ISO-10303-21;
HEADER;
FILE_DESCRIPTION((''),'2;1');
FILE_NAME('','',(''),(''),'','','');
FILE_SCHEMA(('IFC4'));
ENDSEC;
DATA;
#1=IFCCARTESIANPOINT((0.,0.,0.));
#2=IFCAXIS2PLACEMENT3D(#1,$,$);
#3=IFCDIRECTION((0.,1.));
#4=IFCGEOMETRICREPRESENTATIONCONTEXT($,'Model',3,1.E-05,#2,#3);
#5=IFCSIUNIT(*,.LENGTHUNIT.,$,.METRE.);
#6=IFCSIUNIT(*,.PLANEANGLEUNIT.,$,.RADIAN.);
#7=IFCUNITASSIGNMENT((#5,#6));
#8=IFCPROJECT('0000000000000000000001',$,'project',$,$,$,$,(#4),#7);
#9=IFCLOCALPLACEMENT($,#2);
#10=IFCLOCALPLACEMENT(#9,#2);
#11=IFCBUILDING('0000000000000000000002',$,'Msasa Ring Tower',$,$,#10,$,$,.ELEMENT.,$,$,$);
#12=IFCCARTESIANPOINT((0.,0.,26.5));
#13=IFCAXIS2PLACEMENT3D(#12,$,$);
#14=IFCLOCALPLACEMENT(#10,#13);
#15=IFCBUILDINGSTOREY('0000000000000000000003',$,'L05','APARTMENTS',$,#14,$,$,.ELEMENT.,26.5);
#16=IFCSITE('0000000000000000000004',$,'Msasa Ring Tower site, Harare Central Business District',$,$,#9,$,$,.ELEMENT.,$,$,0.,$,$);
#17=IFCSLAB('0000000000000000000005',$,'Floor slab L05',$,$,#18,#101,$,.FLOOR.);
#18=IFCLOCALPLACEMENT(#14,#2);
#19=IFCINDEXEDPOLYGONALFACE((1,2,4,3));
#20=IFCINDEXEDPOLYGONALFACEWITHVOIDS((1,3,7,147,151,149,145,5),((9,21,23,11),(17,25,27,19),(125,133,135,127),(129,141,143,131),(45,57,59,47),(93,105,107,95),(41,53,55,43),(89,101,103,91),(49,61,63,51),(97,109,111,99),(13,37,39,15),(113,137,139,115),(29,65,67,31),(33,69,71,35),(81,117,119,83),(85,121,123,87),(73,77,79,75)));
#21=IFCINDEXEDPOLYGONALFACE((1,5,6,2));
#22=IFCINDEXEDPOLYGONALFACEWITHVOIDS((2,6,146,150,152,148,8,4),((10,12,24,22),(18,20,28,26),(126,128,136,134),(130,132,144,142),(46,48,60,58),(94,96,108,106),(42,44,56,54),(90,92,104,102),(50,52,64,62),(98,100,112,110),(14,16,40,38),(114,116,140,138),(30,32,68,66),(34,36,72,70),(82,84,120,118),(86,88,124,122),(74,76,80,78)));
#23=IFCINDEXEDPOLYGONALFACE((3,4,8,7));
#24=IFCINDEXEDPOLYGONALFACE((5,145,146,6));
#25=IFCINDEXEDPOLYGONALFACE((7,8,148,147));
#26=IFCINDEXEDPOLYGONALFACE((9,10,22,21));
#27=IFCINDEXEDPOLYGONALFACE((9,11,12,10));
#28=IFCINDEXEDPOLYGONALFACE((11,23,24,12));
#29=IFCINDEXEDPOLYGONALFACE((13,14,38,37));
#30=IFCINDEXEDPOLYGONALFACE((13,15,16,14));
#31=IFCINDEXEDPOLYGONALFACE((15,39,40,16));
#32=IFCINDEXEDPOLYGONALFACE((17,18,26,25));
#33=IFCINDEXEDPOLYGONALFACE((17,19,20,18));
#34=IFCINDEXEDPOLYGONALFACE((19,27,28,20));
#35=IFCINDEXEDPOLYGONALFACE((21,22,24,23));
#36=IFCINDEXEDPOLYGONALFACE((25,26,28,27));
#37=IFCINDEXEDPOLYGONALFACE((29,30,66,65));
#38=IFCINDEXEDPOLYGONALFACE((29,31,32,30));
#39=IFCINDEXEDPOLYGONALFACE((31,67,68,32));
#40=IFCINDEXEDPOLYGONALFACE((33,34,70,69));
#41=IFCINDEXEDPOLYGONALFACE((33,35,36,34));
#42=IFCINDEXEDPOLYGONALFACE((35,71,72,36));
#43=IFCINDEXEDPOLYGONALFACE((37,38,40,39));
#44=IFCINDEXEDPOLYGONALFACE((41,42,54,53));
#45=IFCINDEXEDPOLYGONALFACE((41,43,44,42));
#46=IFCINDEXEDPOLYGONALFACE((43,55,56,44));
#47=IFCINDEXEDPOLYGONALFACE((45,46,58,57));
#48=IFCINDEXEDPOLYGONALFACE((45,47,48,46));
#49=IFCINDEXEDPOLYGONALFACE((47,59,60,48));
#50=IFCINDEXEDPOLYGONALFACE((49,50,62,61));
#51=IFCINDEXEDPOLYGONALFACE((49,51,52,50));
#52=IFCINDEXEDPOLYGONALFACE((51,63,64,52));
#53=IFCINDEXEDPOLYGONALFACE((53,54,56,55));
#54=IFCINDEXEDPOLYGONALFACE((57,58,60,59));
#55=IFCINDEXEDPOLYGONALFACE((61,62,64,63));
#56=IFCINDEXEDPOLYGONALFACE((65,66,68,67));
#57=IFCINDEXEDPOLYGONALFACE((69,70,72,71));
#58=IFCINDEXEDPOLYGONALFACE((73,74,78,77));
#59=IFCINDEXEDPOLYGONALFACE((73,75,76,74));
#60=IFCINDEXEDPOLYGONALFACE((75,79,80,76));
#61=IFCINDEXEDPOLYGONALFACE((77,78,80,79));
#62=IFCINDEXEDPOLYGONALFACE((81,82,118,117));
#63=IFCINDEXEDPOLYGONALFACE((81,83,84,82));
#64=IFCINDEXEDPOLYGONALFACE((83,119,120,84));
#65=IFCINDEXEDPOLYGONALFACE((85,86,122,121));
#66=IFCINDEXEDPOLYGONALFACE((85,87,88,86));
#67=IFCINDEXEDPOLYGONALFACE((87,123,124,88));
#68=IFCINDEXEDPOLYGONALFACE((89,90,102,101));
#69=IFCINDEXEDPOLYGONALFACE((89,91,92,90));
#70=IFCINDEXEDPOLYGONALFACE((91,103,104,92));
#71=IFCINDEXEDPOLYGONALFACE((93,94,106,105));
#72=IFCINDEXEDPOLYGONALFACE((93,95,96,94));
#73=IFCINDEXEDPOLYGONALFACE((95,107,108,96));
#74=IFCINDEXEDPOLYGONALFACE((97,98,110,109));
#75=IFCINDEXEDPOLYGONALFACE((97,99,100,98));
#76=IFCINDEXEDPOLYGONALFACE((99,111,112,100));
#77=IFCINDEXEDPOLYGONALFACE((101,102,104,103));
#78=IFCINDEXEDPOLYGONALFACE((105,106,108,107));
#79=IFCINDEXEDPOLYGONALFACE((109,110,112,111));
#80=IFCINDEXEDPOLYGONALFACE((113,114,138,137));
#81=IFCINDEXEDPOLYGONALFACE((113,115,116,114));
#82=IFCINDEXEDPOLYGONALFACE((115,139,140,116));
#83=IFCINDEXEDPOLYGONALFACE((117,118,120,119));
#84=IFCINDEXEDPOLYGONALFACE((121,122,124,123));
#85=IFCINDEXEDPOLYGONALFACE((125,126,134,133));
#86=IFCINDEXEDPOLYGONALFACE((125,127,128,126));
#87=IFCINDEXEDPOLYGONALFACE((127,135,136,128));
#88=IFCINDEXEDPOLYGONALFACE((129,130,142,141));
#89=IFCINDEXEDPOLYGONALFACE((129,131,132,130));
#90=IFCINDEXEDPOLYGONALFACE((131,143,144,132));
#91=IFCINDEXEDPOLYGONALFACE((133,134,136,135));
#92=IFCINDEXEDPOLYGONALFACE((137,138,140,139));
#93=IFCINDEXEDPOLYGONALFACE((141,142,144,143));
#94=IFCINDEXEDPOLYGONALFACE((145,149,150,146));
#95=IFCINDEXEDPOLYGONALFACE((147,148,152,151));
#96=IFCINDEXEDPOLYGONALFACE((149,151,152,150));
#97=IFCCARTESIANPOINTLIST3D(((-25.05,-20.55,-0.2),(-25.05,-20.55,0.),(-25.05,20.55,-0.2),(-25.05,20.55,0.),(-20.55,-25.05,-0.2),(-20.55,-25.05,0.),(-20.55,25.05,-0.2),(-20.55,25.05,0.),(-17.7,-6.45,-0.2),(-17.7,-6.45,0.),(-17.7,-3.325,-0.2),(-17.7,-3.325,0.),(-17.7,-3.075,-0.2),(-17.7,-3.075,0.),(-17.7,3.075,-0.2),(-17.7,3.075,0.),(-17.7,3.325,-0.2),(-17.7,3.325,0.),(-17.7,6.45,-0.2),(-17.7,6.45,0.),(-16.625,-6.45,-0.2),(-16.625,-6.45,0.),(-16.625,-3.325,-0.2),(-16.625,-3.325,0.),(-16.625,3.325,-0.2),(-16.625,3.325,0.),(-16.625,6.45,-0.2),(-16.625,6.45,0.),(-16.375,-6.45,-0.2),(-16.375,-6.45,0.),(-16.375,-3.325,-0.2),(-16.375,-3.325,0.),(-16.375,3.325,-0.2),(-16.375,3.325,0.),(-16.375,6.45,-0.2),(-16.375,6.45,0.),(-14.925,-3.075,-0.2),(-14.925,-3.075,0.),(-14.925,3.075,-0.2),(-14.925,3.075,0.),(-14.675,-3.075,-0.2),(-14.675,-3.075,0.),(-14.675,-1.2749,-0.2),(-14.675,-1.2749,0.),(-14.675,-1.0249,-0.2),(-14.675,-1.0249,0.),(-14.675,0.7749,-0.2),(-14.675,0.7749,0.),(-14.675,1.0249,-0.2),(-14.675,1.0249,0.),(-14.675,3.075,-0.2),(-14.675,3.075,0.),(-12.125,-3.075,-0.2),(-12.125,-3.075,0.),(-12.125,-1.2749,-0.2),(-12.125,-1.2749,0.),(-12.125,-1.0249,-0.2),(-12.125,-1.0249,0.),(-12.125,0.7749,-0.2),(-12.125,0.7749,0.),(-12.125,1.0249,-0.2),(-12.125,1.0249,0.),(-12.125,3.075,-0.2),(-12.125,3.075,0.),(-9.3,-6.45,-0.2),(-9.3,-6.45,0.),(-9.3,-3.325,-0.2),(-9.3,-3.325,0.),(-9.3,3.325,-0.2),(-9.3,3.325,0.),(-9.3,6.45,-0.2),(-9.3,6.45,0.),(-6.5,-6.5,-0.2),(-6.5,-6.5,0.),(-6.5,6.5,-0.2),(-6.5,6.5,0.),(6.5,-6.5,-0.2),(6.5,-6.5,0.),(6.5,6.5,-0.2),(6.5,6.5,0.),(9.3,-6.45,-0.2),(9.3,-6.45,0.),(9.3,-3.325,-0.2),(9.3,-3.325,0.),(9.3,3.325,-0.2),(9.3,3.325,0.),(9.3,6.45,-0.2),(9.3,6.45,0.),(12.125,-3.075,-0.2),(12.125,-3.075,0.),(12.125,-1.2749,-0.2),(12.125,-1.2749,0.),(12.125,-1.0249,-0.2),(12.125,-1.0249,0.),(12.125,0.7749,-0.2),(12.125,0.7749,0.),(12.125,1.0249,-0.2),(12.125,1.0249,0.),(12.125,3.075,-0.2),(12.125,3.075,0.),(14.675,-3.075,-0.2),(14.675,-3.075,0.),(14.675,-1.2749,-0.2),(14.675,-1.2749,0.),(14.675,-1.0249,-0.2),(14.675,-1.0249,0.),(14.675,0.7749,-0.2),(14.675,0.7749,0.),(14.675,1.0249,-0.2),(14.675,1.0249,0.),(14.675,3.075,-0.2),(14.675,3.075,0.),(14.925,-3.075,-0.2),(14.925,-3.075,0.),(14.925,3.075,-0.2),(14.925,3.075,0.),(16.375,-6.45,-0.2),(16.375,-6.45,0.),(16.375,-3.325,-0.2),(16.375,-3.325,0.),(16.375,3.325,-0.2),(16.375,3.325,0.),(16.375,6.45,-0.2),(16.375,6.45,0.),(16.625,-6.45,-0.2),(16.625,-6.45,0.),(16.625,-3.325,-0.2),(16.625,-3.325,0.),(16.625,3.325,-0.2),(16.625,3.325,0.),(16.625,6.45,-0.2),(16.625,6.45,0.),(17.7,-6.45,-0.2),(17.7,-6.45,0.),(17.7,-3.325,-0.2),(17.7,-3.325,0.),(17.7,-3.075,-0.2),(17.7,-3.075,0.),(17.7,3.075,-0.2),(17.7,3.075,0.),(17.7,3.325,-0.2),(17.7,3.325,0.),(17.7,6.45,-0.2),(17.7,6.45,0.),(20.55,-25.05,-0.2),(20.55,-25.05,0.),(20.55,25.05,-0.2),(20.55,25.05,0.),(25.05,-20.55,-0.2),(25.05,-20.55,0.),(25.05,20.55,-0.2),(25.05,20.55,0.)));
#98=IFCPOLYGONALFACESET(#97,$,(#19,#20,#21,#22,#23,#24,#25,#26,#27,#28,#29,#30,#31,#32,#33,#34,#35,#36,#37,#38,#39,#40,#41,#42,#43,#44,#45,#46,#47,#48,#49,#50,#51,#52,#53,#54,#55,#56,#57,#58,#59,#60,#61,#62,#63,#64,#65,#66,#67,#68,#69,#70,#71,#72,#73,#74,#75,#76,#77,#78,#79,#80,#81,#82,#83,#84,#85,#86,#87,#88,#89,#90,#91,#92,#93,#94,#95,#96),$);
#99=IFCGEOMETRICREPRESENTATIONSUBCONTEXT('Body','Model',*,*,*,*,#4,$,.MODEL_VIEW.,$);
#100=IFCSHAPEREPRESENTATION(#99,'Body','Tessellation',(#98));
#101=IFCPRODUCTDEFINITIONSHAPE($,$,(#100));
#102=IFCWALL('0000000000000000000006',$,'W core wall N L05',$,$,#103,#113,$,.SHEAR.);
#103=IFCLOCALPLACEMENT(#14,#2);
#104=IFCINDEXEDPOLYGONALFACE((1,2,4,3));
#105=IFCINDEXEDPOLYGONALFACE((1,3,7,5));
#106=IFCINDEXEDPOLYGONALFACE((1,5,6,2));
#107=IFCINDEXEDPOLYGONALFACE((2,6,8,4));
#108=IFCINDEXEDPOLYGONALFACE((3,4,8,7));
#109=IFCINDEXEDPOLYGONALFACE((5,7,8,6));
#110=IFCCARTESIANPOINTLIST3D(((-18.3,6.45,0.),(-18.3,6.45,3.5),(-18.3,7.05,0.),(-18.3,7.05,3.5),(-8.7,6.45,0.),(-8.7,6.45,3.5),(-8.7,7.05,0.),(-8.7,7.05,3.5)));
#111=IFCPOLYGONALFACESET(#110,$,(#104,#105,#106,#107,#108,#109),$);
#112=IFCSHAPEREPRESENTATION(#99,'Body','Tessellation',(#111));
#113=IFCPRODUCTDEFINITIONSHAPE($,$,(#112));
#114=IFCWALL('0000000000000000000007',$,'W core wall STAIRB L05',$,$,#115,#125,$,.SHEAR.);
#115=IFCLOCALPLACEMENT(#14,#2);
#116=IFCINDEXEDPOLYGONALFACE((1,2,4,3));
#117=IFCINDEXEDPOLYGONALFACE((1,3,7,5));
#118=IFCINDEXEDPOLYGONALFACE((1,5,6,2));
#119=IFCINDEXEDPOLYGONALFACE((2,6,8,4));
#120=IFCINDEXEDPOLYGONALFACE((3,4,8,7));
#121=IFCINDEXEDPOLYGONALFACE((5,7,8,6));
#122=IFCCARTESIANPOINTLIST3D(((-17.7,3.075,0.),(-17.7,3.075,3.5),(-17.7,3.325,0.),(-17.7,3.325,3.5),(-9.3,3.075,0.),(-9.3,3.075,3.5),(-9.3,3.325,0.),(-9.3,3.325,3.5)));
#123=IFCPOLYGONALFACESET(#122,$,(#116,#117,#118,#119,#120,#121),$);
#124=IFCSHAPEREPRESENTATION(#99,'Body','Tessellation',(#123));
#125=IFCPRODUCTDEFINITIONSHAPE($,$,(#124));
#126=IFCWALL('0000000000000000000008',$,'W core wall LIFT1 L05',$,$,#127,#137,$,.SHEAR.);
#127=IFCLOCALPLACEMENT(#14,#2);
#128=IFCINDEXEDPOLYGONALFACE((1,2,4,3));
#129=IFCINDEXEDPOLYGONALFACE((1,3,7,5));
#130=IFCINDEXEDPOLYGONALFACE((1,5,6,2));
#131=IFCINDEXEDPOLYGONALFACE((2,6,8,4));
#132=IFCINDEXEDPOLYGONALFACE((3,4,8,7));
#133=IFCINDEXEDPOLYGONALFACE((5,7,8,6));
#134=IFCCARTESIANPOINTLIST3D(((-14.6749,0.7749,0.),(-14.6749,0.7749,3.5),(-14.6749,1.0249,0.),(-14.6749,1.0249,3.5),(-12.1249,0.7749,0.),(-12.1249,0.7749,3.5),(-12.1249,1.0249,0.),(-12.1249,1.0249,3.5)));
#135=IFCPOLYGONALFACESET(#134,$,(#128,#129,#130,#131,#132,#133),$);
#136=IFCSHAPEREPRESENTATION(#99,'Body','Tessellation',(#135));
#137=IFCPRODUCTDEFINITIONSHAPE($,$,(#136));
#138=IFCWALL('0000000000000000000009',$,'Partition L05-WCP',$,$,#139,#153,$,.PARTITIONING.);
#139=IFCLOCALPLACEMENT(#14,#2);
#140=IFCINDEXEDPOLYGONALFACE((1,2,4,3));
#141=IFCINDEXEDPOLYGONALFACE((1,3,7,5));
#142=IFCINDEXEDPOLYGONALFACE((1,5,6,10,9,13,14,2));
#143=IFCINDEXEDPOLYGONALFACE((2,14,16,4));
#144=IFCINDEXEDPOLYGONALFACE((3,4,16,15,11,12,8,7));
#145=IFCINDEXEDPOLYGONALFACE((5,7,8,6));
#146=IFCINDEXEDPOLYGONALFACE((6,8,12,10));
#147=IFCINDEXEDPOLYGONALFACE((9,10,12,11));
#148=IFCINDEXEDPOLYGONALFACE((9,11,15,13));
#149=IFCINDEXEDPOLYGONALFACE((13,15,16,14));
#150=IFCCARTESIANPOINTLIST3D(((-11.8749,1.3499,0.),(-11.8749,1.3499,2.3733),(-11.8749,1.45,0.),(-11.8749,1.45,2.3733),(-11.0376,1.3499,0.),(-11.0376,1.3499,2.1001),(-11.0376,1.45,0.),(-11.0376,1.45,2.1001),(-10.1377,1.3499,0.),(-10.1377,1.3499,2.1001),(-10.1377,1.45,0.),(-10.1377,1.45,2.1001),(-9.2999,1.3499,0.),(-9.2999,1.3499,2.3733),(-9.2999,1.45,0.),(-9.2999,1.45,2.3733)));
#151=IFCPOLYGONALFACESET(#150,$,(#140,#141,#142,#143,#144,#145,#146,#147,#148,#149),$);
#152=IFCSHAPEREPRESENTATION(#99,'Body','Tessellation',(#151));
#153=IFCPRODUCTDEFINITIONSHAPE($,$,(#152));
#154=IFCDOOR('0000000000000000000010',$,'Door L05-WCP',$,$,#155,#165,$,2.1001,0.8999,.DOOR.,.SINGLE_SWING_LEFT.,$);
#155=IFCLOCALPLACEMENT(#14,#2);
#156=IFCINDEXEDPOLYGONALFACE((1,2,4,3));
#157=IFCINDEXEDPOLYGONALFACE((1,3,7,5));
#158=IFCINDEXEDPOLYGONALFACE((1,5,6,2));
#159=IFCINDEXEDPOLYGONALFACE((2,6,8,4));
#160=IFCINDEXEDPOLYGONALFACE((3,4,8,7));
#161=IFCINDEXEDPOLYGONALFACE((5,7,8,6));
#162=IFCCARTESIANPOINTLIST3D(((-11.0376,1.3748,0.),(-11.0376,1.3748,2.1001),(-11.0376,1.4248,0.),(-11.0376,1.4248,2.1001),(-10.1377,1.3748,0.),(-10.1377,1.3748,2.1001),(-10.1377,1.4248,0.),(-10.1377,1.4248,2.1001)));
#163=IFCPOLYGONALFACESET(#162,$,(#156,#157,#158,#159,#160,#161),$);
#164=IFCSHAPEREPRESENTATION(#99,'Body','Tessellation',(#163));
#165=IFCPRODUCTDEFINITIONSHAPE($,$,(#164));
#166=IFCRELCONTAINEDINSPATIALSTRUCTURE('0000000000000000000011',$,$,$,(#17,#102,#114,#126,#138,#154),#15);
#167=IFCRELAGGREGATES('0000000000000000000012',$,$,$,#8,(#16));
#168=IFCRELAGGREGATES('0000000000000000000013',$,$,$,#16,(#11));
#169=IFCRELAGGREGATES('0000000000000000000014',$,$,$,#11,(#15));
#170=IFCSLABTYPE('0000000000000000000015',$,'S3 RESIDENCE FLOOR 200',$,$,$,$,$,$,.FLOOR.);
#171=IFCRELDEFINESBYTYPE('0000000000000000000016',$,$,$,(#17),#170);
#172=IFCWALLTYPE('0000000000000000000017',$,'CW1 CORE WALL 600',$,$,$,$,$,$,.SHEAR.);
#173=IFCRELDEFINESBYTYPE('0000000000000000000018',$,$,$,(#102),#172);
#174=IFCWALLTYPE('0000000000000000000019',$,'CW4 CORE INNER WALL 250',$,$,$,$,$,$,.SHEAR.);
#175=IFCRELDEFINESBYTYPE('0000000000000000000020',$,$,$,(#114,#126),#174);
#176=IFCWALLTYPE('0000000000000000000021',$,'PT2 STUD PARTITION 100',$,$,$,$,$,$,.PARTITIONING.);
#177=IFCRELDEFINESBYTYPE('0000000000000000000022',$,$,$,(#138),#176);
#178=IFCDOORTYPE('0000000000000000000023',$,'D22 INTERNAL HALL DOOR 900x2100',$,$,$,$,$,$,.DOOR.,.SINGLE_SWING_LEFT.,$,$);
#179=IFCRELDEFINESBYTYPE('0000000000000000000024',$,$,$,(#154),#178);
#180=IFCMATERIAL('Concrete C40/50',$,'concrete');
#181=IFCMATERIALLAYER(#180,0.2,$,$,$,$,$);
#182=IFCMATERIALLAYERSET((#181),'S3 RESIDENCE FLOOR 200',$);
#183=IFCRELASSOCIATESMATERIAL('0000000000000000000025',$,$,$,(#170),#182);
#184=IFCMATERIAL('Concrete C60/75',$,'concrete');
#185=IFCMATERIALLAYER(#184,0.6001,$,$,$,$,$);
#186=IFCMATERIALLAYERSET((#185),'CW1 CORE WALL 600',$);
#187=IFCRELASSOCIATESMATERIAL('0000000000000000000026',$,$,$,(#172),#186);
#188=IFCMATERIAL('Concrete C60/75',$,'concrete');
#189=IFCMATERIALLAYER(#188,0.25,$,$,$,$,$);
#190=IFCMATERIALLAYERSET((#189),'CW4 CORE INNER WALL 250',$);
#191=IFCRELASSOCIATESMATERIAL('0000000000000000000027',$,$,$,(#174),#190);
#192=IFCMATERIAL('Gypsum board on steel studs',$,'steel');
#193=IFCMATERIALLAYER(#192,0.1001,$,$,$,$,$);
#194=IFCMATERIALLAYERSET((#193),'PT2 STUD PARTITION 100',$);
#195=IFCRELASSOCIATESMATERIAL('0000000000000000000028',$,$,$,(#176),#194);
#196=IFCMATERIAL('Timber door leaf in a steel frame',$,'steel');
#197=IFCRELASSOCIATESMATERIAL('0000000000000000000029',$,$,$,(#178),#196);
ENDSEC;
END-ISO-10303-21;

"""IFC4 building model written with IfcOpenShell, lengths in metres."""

from ifc_helpers import new_model, si_unit, direction, frame, frame_2d, origin, place, context, subcontext, project, spatial, polyline, rectangle, outline, extrude, material, layer, layer_set, type_object, element, fill, save


model = new_model("IFC4")

# Units and contexts
model_context = context("Model", 3, precision=1e-05, world=origin(), true_north=direction((0.0, 1.0)))
body_context = subcontext(model_context, "Body", "Model", "MODEL_VIEW")
ifc_project = project(units=[si_unit("LENGTHUNIT", "METRE"), si_unit("PLANEANGLEUNIT", "RADIAN")], contexts=[model_context])

# Site, building, storey
site_placement = place(None, origin())
site = spatial("IfcSite", under=ifc_project, at=site_placement, Name="Msasa Ring Tower site, Harare Central Business District", CompositionType="ELEMENT", RefElevation=0.0)
building_placement = place(site_placement, origin())
building = spatial("IfcBuilding", under=site, at=building_placement, Name="Msasa Ring Tower", CompositionType="ELEMENT")
storey_placement = place(building_placement, frame((0.0, 0.0, 26.5)))
storey = spatial("IfcBuildingStorey", under=building, at=storey_placement, Name="L05", Description="APARTMENTS", CompositionType="ELEMENT", Elevation=26.5)

# Slab
ifc_material_1 = material(Name="Concrete C40/50", Category="concrete")
ifc_layer_1 = layer(ifc_material_1, 0.2)
ifc_layer_set_1 = layer_set([ifc_layer_1], Name="S3 RESIDENCE FLOOR 200")
slab_type_1 = type_object("IfcSlabType", Name="S3 RESIDENCE FLOOR 200", PredefinedType="FLOOR", material=ifc_layer_set_1)
slab_1_placement = place(storey_placement, frame((0.0, 0.0, -0.2)))
element("IfcSlab", 1, at=slab_1_placement, inside=storey, type_object=slab_type_1, Name="Floor slab L05", PredefinedType="FLOOR", context=body_context, shape_type="SweptSolid", body=[
    extrude(outline(polyline([(-20.55, -25.05), (20.55, -25.05), (25.05, -20.55), (25.05, 20.55), (20.55, 25.05), (-20.55, 25.05), (-25.05, 20.55), (-25.05, -20.55), (-20.55, -25.05)]), holes=[polyline([(-6.5, -6.5), (6.5, -6.5), (6.5, 6.5), (-6.5, 6.5), (-6.5, -6.5)]), polyline([(9.3, -6.45), (16.375, -6.45), (16.375, -3.325), (9.3, -3.325), (9.3, -6.45)]), polyline([(9.3, 3.325), (16.375, 3.325), (16.375, 6.45), (9.3, 6.45), (9.3, 3.325)]), polyline([(12.125, -3.075), (14.675, -3.075), (14.675, -1.2749), (12.125, -1.2749), (12.125, -3.075)]), polyline([(12.125, -1.0249), (14.675, -1.0249), (14.675, 0.7749), (12.125, 0.7749), (12.125, -1.0249)]), polyline([(12.125, 1.0249), (14.675, 1.0249), (14.675, 3.075), (12.125, 3.075), (12.125, 1.0249)]), polyline([(16.625, -6.45), (17.7, -6.45), (17.7, -3.325), (16.625, -3.325), (16.625, -6.45)]), polyline([(16.625, 3.325), (17.7, 3.325), (17.7, 6.45), (16.625, 6.45), (16.625, 3.325)]), polyline([(14.925, -3.075), (17.7, -3.075), (17.7, 3.075), (14.925, 3.075), (14.925, -3.075)]), polyline([(-16.375, -6.45), (-9.3, -6.45), (-9.3, -3.325), (-16.375, -3.325), (-16.375, -6.45)]), polyline([(-16.375, 3.325), (-9.3, 3.325), (-9.3, 6.45), (-16.375, 6.45), (-16.375, 3.325)]), polyline([(-14.675, -3.075), (-12.125, -3.075), (-12.125, -1.2749), (-14.675, -1.2749), (-14.675, -3.075)]), polyline([(-14.675, -1.0249), (-12.125, -1.0249), (-12.125, 0.7749), (-14.675, 0.7749), (-14.675, -1.0249)]), polyline([(-14.675, 1.0249), (-12.125, 1.0249), (-12.125, 3.075), (-14.675, 3.075), (-14.675, 1.0249)]), polyline([(-17.7, -6.45), (-16.625, -6.45), (-16.625, -3.325), (-17.7, -3.325), (-17.7, -6.45)]), polyline([(-17.7, 3.325), (-16.625, 3.325), (-16.625, 6.45), (-17.7, 6.45), (-17.7, 3.325)]), polyline([(-17.7, -3.075), (-14.925, -3.075), (-14.925, 3.075), (-17.7, 3.075), (-17.7, -3.075)])]), origin(), (0.0, 0.0, 1.0), 0.2),
])

# Walls
ifc_material_2 = material(Name="Concrete C60/75", Category="concrete")
ifc_layer_2 = layer(ifc_material_2, 0.6001)
ifc_layer_set_2 = layer_set([ifc_layer_2], Name="CW1 CORE WALL 600")
wall_type_1 = type_object("IfcWallType", Name="CW1 CORE WALL 600", PredefinedType="SHEAR", material=ifc_layer_set_2)
wall_1_placement = place(storey_placement, frame((-8.7, 6.75, 0.0), z_axis=(0.0, 0.0, 1.0), x_axis=(-1.0, 0.0, 0.0)))
element("IfcWall", 2, at=wall_1_placement, inside=storey, type_object=wall_type_1, Name="W core wall N L05", PredefinedType="SHEAR", context=body_context, shape_type="SweptSolid", body=[
    extrude(rectangle(XDim=9.6001, YDim=0.6001, at=frame_2d((4.8, 0.0))), origin(), (0.0, 0.0, 1.0), 3.5),
])
ifc_material_3 = material(Name="Concrete C60/75", Category="concrete")
ifc_layer_3 = layer(ifc_material_3, 0.25)
ifc_layer_set_3 = layer_set([ifc_layer_3], Name="CW4 CORE INNER WALL 250")
wall_type_2 = type_object("IfcWallType", Name="CW4 CORE INNER WALL 250", PredefinedType="SHEAR", material=ifc_layer_set_3)
wall_2_placement = place(storey_placement, frame((-9.3, 3.2, 0.0), z_axis=(0.0, 0.0, 1.0), x_axis=(-1.0, 0.0, 0.0)))
element("IfcWall", 3, at=wall_2_placement, inside=storey, type_object=wall_type_2, Name="W core wall STAIRB L05", PredefinedType="SHEAR", context=body_context, shape_type="SweptSolid", body=[
    extrude(rectangle(XDim=8.3999, YDim=0.25, at=frame_2d((4.2, 0.0))), origin(), (0.0, 0.0, 1.0), 3.5),
])
wall_3_placement = place(storey_placement, frame((-12.125, 0.8999, 0.0), z_axis=(0.0, 0.0, 1.0), x_axis=(-1.0, 0.0, 0.0)))
element("IfcWall", 4, at=wall_3_placement, inside=storey, type_object=wall_type_2, Name="W core wall LIFT1 L05", PredefinedType="SHEAR", context=body_context, shape_type="SweptSolid", body=[
    extrude(rectangle(XDim=2.55, YDim=0.25, at=frame_2d((1.2749, 0.0))), origin(), (0.0, 0.0, 1.0), 3.5),
])

# Wall, opening, door
ifc_material_4 = material(Name="Gypsum board on steel studs", Category="steel")
ifc_layer_4 = layer(ifc_material_4, 0.1001)
ifc_layer_set_4 = layer_set([ifc_layer_4], Name="PT2 STUD PARTITION 100")
wall_type_3 = type_object("IfcWallType", Name="PT2 STUD PARTITION 100", PredefinedType="PARTITIONING", material=ifc_layer_set_4)
wall_4_placement = place(storey_placement, frame((-11.875, 1.3999, 0.0), z_axis=(0.0, 0.0, 1.0), x_axis=(1.0, 0.0, 0.0)))
wall_4 = element("IfcWall", 5, at=wall_4_placement, inside=storey, type_object=wall_type_3, Name="Partition L05-WCP", PredefinedType="PARTITIONING", context=body_context, shape_type="SweptSolid", body=[
    extrude(rectangle(XDim=2.575, YDim=0.1001, at=frame_2d((1.2876, 0.0))), origin(), (0.0, 0.0, 1.0), 2.3733),
])
opening_placement = place(wall_4_placement, frame((0.8374, 0.0, 0.0)))
opening = element("IfcOpeningElement", 6, at=opening_placement, cuts=wall_4, PredefinedType="OPENING", context=body_context, shape_type="SweptSolid", body=[
    extrude(rectangle(XDim=0.8999, YDim=2.1001, at=frame_2d((0.45, 1.05))), frame((0.0, 0.0601, 0.0), z_axis=(0.0, -1.0, 0.0), x_axis=(1.0, 0.0, 0.0)), (0.0, 0.0, 1.0), 0.1201),
])
ifc_material_5 = material(Name="Timber door leaf in a steel frame", Category="steel")
door_type = type_object("IfcDoorType", Name="D22 INTERNAL HALL DOOR 900x2100", OperationType="SINGLE_SWING_LEFT", PredefinedType="DOOR", material=ifc_material_5)
door_placement = place(opening_placement, origin())
door = element("IfcDoor", 7, at=door_placement, inside=storey, type_object=door_type, Name="Door L05-WCP", OperationType="SINGLE_SWING_LEFT", OverallHeight=2.1001, OverallWidth=0.8999, PredefinedType="DOOR", context=body_context, shape_type="SweptSolid", body=[
    extrude(rectangle(XDim=0.8999, YDim=2.1001, at=frame_2d((0.45, 1.05))), frame((0.0, 0.0249, 0.0), z_axis=(0.0, -1.0, 0.0), x_axis=(1.0, 0.0, 0.0)), (0.0, 0.0, 1.0), 0.05),
])
fill(opening, door)

save(model, "model.ifc")
